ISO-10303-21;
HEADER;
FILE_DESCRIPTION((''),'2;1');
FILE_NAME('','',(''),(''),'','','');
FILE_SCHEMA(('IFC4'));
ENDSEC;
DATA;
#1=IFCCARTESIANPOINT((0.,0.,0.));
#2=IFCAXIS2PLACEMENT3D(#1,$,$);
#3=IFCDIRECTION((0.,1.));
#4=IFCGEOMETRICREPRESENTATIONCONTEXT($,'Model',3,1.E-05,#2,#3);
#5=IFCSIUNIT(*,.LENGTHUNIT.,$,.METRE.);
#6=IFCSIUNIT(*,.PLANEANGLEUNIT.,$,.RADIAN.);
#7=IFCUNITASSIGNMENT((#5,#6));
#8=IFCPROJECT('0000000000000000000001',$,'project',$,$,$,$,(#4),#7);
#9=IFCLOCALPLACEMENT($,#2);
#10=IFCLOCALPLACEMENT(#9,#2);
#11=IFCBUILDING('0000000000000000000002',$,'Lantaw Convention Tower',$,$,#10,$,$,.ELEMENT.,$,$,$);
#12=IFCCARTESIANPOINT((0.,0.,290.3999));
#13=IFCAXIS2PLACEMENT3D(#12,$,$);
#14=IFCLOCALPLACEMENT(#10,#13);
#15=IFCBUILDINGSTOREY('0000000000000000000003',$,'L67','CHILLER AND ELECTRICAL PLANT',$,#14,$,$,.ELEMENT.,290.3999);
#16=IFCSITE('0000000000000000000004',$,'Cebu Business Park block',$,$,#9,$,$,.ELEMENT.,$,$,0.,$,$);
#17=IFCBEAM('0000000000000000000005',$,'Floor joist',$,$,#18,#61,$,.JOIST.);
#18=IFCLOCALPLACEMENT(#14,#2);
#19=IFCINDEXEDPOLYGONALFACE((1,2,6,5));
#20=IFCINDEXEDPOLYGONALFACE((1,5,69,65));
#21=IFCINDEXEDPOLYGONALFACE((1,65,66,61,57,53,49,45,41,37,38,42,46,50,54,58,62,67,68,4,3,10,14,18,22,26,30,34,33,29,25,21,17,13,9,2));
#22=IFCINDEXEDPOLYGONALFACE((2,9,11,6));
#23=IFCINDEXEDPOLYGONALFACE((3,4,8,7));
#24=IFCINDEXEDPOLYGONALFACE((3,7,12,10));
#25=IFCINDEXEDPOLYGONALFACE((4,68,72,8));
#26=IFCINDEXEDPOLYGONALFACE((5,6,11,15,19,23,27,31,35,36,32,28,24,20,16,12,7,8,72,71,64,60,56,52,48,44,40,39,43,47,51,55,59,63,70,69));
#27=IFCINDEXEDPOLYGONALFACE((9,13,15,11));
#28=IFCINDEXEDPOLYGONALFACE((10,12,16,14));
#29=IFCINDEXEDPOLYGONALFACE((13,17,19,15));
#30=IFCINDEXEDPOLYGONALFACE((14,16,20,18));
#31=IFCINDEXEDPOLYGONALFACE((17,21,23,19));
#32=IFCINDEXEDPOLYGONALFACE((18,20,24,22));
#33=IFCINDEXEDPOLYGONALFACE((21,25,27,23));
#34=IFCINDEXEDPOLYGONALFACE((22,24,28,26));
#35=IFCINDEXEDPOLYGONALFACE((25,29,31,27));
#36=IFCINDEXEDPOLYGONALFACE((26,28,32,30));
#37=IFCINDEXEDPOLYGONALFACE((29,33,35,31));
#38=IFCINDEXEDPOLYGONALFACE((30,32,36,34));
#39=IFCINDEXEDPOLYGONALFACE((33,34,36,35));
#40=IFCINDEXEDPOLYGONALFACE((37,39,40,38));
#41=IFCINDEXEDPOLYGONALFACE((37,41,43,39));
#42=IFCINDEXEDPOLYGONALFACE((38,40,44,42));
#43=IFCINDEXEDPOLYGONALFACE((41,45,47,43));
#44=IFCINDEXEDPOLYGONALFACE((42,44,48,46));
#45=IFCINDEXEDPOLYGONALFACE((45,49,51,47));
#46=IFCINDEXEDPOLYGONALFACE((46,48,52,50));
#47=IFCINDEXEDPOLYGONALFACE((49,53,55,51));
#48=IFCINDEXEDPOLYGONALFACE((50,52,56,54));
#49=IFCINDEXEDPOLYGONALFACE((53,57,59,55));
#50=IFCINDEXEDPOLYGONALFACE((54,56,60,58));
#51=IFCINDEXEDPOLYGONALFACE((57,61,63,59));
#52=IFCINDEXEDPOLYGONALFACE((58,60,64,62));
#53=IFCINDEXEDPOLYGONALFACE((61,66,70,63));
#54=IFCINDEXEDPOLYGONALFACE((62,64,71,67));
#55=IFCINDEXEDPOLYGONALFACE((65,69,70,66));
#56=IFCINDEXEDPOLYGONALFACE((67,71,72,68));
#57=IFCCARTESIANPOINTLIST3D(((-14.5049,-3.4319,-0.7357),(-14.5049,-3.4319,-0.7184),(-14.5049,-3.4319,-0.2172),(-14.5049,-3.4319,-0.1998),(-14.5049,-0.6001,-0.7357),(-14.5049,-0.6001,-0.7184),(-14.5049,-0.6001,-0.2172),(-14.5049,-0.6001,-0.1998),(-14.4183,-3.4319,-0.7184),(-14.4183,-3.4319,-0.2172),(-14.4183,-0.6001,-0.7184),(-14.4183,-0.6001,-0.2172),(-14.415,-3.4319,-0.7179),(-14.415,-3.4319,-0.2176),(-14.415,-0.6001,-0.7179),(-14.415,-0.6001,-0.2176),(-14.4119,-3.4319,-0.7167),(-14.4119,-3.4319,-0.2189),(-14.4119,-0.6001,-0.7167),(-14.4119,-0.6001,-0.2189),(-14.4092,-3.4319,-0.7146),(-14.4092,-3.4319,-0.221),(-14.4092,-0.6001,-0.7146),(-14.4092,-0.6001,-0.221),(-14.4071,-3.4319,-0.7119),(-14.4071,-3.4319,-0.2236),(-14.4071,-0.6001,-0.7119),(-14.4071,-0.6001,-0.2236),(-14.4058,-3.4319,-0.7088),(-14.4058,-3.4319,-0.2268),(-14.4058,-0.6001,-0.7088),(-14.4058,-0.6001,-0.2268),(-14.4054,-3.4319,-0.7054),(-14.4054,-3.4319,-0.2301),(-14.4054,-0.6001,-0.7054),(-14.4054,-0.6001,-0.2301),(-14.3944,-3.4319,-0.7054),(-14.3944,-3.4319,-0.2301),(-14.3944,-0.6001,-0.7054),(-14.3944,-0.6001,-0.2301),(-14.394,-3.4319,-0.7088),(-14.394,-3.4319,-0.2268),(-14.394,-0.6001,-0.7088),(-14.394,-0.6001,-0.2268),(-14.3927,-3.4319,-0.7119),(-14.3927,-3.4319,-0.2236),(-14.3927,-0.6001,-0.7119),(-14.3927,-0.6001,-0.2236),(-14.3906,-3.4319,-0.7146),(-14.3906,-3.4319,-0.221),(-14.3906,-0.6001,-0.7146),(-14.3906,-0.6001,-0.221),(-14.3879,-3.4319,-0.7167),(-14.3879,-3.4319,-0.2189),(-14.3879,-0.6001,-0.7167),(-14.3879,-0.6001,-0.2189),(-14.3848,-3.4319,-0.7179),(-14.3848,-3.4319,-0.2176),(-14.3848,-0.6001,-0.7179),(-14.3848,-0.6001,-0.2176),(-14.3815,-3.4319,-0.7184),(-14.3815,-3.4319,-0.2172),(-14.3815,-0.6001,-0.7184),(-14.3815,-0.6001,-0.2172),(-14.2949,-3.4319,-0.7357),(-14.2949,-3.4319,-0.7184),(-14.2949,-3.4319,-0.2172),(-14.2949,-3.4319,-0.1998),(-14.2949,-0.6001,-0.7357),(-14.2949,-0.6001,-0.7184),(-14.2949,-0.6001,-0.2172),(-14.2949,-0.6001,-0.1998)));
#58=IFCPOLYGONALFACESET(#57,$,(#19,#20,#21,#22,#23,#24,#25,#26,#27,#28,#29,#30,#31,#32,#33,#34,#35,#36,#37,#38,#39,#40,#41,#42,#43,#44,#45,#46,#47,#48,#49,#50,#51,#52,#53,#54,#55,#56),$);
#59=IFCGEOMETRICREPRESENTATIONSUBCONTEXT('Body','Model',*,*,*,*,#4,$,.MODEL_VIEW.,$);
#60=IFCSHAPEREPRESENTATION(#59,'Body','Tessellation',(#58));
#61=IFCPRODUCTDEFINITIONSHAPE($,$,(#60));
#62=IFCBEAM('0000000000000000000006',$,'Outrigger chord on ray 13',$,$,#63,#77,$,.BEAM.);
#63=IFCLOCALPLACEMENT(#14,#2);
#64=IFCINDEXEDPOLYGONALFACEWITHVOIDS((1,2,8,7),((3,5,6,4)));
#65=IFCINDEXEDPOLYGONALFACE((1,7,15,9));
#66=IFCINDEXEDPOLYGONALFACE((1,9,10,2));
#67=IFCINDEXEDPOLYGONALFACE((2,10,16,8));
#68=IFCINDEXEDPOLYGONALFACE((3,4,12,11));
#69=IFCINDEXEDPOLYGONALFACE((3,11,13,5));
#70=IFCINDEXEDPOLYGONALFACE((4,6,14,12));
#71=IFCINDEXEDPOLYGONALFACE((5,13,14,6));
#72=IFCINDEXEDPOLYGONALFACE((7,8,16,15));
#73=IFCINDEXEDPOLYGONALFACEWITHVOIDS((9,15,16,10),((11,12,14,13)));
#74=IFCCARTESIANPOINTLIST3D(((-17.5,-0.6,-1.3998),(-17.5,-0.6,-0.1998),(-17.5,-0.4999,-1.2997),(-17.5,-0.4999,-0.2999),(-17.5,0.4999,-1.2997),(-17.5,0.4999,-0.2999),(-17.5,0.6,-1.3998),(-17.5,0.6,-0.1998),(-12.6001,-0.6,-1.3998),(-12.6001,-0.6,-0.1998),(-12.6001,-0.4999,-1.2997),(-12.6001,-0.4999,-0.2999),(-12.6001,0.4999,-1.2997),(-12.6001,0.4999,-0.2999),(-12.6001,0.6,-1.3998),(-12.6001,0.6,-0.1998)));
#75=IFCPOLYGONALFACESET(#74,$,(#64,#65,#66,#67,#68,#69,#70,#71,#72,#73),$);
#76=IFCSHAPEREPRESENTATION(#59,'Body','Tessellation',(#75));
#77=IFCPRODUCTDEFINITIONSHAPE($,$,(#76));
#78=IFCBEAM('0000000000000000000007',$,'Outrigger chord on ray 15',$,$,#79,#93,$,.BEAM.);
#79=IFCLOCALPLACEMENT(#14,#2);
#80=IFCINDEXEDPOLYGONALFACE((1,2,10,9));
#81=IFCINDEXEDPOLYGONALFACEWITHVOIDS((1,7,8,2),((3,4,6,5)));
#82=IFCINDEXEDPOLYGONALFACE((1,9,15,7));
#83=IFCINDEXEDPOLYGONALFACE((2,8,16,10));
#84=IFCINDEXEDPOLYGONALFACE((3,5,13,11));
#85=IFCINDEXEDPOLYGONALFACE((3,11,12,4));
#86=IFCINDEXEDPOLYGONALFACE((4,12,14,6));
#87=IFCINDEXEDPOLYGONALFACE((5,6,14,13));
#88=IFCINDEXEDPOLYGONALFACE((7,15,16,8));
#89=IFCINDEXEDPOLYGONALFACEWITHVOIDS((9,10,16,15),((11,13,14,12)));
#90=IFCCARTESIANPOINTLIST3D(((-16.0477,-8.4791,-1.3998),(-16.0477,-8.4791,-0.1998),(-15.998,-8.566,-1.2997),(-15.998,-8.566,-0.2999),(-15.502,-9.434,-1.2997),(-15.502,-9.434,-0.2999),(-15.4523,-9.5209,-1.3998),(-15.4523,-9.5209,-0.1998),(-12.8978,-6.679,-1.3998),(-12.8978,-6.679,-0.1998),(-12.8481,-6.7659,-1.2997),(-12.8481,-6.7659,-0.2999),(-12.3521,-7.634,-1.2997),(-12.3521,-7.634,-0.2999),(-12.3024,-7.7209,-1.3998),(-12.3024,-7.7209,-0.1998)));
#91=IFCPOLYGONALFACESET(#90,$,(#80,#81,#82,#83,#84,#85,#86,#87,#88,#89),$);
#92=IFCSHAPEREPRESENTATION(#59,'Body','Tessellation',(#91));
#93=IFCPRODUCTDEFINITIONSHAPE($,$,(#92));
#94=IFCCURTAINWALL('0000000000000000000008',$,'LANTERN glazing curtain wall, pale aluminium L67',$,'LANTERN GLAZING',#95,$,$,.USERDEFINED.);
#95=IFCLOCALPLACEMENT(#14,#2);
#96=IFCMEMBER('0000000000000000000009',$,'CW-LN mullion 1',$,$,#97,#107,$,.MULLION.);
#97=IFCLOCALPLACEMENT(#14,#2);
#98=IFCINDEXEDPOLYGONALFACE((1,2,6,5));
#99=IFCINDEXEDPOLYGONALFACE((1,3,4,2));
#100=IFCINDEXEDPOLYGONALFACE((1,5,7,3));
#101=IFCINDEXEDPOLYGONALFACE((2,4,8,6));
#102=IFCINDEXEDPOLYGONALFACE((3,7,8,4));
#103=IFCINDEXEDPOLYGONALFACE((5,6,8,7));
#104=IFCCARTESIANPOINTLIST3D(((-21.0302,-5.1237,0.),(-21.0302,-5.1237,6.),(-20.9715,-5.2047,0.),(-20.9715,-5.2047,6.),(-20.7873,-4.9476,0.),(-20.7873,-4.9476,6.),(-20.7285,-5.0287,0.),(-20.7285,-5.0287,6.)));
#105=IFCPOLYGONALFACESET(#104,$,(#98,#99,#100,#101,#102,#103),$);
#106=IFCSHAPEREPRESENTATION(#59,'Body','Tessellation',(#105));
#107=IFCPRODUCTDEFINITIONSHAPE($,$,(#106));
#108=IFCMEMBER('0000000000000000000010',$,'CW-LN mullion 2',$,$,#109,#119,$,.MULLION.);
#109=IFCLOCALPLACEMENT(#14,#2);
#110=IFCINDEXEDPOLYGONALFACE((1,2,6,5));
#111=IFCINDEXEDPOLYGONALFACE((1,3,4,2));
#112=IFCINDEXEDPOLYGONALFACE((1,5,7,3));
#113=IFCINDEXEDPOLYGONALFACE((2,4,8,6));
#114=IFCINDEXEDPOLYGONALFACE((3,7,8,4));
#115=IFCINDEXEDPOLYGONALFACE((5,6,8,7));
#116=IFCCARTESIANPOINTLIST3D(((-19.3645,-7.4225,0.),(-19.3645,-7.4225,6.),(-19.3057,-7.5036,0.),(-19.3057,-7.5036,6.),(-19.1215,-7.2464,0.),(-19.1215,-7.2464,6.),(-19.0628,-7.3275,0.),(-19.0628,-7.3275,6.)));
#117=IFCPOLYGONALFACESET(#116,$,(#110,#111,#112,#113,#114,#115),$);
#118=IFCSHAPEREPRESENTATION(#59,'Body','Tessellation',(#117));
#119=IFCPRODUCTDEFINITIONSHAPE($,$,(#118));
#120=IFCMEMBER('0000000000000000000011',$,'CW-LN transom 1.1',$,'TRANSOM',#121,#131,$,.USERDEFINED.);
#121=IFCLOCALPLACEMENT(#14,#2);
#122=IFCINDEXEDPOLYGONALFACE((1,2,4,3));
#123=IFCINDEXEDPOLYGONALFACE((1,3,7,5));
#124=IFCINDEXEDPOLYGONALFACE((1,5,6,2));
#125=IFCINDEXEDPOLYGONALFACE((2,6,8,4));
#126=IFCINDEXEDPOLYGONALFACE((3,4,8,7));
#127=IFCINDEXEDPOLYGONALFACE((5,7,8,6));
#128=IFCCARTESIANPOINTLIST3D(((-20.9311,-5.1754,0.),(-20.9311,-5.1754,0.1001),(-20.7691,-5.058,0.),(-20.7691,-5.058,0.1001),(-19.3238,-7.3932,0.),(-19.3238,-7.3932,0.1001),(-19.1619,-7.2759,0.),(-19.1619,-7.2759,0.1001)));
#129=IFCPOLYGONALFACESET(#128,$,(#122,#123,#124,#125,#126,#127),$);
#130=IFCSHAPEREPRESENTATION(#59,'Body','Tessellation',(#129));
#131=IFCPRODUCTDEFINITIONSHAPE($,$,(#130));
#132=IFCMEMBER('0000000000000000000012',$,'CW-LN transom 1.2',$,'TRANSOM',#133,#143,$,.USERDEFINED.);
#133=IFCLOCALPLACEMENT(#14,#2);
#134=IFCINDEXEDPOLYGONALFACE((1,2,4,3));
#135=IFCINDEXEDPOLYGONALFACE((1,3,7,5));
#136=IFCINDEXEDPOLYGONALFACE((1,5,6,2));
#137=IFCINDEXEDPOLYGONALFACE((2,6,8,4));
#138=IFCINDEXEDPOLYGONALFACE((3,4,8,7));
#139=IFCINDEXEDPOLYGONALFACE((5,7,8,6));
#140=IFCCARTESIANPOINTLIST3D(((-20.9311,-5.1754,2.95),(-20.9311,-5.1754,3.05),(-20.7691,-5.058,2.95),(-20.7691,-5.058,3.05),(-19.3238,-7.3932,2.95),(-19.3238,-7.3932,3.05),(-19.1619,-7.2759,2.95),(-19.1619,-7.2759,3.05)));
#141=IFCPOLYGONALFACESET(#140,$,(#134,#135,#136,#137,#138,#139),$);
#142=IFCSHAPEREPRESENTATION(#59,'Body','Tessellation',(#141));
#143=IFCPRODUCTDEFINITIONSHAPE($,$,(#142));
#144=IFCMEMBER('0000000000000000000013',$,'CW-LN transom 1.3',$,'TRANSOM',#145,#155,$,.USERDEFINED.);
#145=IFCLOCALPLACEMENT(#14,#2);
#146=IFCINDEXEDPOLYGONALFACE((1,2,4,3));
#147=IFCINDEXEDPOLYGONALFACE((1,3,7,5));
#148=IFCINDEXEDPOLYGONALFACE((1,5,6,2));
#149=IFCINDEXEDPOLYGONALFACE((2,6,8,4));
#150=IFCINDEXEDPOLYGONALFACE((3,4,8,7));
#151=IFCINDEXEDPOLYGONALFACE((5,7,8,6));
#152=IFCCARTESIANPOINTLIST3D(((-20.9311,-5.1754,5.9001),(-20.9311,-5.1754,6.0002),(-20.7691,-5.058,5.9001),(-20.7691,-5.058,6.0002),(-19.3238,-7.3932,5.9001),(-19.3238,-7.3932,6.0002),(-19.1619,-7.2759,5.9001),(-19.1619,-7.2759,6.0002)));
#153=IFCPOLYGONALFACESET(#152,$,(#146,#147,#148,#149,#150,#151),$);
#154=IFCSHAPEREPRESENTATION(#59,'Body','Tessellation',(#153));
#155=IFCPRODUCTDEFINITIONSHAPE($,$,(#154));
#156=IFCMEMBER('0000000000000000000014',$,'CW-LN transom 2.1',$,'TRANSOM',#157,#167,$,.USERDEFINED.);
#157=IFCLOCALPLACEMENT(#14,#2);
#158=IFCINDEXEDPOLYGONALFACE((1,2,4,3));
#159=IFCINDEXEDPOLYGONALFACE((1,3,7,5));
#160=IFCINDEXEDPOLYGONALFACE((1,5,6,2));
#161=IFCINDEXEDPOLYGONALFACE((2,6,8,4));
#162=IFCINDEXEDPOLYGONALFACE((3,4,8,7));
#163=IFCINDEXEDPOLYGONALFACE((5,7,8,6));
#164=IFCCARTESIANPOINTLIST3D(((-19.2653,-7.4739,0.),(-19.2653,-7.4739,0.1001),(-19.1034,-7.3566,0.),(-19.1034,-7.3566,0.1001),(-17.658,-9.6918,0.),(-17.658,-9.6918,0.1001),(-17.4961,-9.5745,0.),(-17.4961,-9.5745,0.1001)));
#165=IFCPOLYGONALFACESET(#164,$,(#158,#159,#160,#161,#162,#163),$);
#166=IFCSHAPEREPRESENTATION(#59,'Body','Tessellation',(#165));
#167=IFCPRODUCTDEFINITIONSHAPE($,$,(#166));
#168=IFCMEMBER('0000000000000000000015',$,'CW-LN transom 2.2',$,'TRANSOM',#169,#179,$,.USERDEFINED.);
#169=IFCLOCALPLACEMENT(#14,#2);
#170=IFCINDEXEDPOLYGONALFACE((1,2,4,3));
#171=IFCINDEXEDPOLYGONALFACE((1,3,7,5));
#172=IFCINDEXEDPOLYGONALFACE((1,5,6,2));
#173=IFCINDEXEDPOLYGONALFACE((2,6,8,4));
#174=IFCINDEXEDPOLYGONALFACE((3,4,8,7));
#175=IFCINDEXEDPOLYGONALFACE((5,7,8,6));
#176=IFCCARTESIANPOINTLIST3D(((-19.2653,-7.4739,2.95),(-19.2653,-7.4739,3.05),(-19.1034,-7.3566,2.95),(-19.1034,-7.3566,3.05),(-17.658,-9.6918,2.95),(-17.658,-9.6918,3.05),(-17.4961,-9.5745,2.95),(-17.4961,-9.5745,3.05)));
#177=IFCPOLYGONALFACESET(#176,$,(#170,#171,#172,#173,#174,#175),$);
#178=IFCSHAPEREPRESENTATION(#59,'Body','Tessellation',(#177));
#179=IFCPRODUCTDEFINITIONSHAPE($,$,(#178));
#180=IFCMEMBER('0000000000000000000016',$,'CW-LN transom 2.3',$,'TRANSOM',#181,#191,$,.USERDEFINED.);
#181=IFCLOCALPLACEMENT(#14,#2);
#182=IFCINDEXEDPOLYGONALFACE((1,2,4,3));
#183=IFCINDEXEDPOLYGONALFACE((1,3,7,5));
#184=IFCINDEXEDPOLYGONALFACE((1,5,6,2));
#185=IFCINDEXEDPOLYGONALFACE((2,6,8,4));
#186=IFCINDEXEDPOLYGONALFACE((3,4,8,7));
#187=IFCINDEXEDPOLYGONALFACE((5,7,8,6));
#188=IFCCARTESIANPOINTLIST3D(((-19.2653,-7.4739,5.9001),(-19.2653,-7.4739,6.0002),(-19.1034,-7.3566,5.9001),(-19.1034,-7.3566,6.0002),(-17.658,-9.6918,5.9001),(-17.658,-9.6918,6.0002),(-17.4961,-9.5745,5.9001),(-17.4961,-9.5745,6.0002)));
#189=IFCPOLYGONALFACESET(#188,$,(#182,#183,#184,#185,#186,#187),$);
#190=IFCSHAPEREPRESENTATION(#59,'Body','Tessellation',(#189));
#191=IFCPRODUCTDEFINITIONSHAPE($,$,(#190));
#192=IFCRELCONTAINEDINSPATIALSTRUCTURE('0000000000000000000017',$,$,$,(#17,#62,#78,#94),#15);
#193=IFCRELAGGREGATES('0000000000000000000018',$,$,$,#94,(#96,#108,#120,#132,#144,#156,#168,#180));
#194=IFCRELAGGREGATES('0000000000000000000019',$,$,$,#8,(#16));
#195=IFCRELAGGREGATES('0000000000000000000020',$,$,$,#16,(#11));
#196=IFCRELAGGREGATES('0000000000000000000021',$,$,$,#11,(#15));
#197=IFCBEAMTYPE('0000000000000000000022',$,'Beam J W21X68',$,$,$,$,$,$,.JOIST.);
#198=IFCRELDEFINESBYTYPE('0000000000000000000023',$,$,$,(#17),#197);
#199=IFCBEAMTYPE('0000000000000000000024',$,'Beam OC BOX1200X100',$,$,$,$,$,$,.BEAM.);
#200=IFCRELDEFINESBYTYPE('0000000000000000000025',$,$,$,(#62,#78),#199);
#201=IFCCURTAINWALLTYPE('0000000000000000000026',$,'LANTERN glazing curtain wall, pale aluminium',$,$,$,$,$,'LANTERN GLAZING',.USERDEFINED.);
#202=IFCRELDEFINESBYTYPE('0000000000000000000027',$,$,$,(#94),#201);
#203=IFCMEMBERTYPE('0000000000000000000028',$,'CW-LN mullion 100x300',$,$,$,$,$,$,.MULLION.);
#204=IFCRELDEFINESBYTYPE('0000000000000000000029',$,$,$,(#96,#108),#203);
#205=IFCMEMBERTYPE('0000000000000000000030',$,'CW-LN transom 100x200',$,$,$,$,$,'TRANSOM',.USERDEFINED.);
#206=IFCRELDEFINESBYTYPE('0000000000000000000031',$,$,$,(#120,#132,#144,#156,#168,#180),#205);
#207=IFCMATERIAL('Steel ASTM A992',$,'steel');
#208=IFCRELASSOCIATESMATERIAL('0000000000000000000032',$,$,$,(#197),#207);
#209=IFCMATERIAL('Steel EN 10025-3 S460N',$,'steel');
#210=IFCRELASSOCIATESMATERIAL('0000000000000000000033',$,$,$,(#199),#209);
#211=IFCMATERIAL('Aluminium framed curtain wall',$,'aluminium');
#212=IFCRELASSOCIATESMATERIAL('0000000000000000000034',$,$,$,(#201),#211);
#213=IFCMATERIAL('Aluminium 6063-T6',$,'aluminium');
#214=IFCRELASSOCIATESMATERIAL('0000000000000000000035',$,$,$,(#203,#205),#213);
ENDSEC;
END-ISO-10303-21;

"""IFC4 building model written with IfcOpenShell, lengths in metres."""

from ifc_helpers import new_model, si_unit, direction, frame, origin, origin_2d, place, context, subcontext, project, spatial, rectangle, hollow_rectangle, i_section, extrude, material, material_profile, profile_set, type_object, element, aggregate, save


model = new_model("IFC4")

# Units and contexts
model_context = context("Model", 3, precision=1e-05, world=origin(), true_north=direction((0.0, 1.0)))
body_context = subcontext(model_context, "Body", "Model", "MODEL_VIEW")
ifc_project = project(units=[si_unit("LENGTHUNIT", "METRE"), si_unit("PLANEANGLEUNIT", "RADIAN")], contexts=[model_context])

# Site, building, storey
site_placement = place(None, origin())
site = spatial("IfcSite", under=ifc_project, at=site_placement, Name="Cebu Business Park block", CompositionType="ELEMENT", RefElevation=0.0)
building_placement = place(site_placement, origin())
building = spatial("IfcBuilding", under=site, at=building_placement, Name="Lantaw Convention Tower", CompositionType="ELEMENT")
storey_placement = place(building_placement, frame((0.0, 0.0, 290.3999)))
storey = spatial("IfcBuildingStorey", under=building, at=storey_placement, Name="L67", Description="CHILLER AND ELECTRICAL PLANT", CompositionType="ELEMENT", Elevation=290.3999)

# Beams
ifc_material_1 = material(Name="Steel EN 10025-3 S460N", Category="steel")
ifc_material_2 = material(Name="Steel ASTM A992", Category="steel")
ifc_material_profile_1 = material_profile(ifc_material_2, i_section(OverallWidth=0.21, OverallDepth=0.5359, WebThickness=0.011, FlangeThickness=0.0173, FilletRadius=0.0129, at=origin_2d()), Name="W21X68")
ifc_profile_set_1 = profile_set([ifc_material_profile_1], Name="Steel ASTM A992")
beam_type_1 = type_object("IfcBeamType", Name="Beam J W21X68", PredefinedType="JOIST", material=ifc_profile_set_1)
beam_1_placement = place(storey_placement, frame((-14.3999, -3.4319, -0.4678), z_axis=(0.0, 1.0, 0.0), x_axis=(-1.0, 0.0, 0.0)))
element("IfcBeam", 1, at=beam_1_placement, inside=storey, type_object=beam_type_1, Name="Floor joist", PredefinedType="JOIST", context=body_context, shape_type="SweptSolid", body=[
    extrude(i_section(OverallWidth=0.21, OverallDepth=0.5359, WebThickness=0.011, FlangeThickness=0.0173, FilletRadius=0.0129, at=origin_2d()), origin(), (0.0, 0.0, 1.0), 2.8318),
])
ifc_material_profile_2 = material_profile(ifc_material_1, hollow_rectangle(XDim=1.2, YDim=1.2, WallThickness=0.1001, at=origin_2d()), Name="BOX1200X100")
ifc_profile_set_2 = profile_set([ifc_material_profile_2], Name="Steel EN 10025-3 S460N")
beam_type_2 = type_object("IfcBeamType", Name="Beam OC BOX1200X100", PredefinedType="BEAM", material=ifc_profile_set_2)
beam_2_placement = place(storey_placement, frame((-12.6001, 0.0, -0.7998), z_axis=(-1.0, 0.0, 0.0), x_axis=(0.0, -1.0, 0.0)))
element("IfcBeam", 2, at=beam_2_placement, inside=storey, type_object=beam_type_2, Name="Outrigger chord on ray 13", PredefinedType="BEAM", context=body_context, shape_type="SweptSolid", body=[
    extrude(hollow_rectangle(XDim=1.2, YDim=1.2, WallThickness=0.1001, at=origin_2d()), origin(), (0.0, 0.0, 1.0), 4.8999),
])
beam_3_placement = place(storey_placement, frame((-12.6001, -7.2, -0.7998), z_axis=(-0.868231, -0.496161, 0.0), x_axis=(0.496161, -0.868231, 0.0)))
element("IfcBeam", 3, at=beam_3_placement, inside=storey, type_object=beam_type_2, Name="Outrigger chord on ray 15", PredefinedType="BEAM", context=body_context, shape_type="SweptSolid", body=[
    extrude(hollow_rectangle(XDim=1.2, YDim=1.2, WallThickness=0.1001, at=origin_2d()), origin(), (0.0, 0.0, 1.0), 3.6279),
])

# Curtain wall, members
ifc_material_3 = material(Name="Aluminium framed curtain wall", Category="aluminium")
curtain_wall_type_1 = type_object("IfcCurtainWallType", Name="LANTERN glazing curtain wall, pale aluminium", ElementType="LANTERN GLAZING", PredefinedType="USERDEFINED", material=ifc_material_3)
curtain_wall_1_placement = place(storey_placement, origin())
curtain_wall_1 = element("IfcCurtainWall", 4, at=curtain_wall_1_placement, inside=storey, type_object=curtain_wall_type_1, Name="LANTERN glazing curtain wall, pale aluminium L67", ObjectType="LANTERN GLAZING", PredefinedType="USERDEFINED")
ifc_material_4 = material(Name="Aluminium 6063-T6", Category="aluminium")
ifc_material_profile_3 = material_profile(ifc_material_4, rectangle(XDim=0.3, YDim=0.1001, at=origin_2d()), Name="CW-LN mullion 100x300")
ifc_profile_set_3 = profile_set([ifc_material_profile_3], Name="Aluminium 6063-T6")
member_type_1 = type_object("IfcMemberType", Name="CW-LN mullion 100x300", PredefinedType="MULLION", material=ifc_profile_set_3)
member_1_placement = place(storey_placement, frame((-20.8794, -5.0762, 0.0), z_axis=(0.0, 0.0, 1.0), x_axis=(0.809742, 0.586786, 0.0)))
member_1 = element("IfcMember", 5, at=member_1_placement, type_object=member_type_1, Name="CW-LN mullion 1", PredefinedType="MULLION", context=body_context, shape_type="SweptSolid", body=[
    extrude(rectangle(XDim=0.3, YDim=0.1001, at=origin_2d()), origin(), (0.0, 0.0, 1.0), 6.0),
])
member_2_placement = place(storey_placement, frame((-19.2136, -7.375, 0.0), z_axis=(0.0, 0.0, 1.0), x_axis=(0.809742, 0.586786, 0.0)))
member_2 = element("IfcMember", 6, at=member_2_placement, type_object=member_type_1, Name="CW-LN mullion 2", PredefinedType="MULLION", context=body_context, shape_type="SweptSolid", body=[
    extrude(rectangle(XDim=0.3, YDim=0.1001, at=origin_2d()), origin(), (0.0, 0.0, 1.0), 6.0),
])
ifc_material_profile_4 = material_profile(ifc_material_4, rectangle(XDim=0.2, YDim=0.1001, at=origin_2d()), Name="CW-LN transom 100x200")
ifc_profile_set_4 = profile_set([ifc_material_profile_4], Name="Aluminium 6063-T6")
member_type_2 = type_object("IfcMemberType", Name="CW-LN transom 100x200", ElementType="TRANSOM", PredefinedType="USERDEFINED", material=ifc_profile_set_4)
member_3_placement = place(storey_placement, frame((-20.8501, -5.1167, 0.05), z_axis=(0.586798, -0.809733, 0.0), x_axis=(0.809733, 0.586798, 0.0)))
member_3 = element("IfcMember", 7, at=member_3_placement, type_object=member_type_2, Name="CW-LN transom 1.1", ObjectType="TRANSOM", PredefinedType="USERDEFINED", context=body_context, shape_type="SweptSolid", body=[
    extrude(rectangle(XDim=0.2, YDim=0.1001, at=origin_2d()), origin(), (0.0, 0.0, 1.0), 2.739),
])
member_4_placement = place(storey_placement, frame((-20.8501, -5.1167, 3.0), z_axis=(0.586798, -0.809733, 0.0), x_axis=(0.809733, 0.586798, 0.0)))
member_4 = element("IfcMember", 8, at=member_4_placement, type_object=member_type_2, Name="CW-LN transom 1.2", ObjectType="TRANSOM", PredefinedType="USERDEFINED", context=body_context, shape_type="SweptSolid", body=[
    extrude(rectangle(XDim=0.2, YDim=0.1001, at=origin_2d()), origin(), (0.0, 0.0, 1.0), 2.739),
])
member_5_placement = place(storey_placement, frame((-20.8501, -5.1167, 5.9502), z_axis=(0.586798, -0.809733, 0.0), x_axis=(0.809733, 0.586798, 0.0)))
member_5 = element("IfcMember", 9, at=member_5_placement, type_object=member_type_2, Name="CW-LN transom 1.3", ObjectType="TRANSOM", PredefinedType="USERDEFINED", context=body_context, shape_type="SweptSolid", body=[
    extrude(rectangle(XDim=0.2, YDim=0.1001, at=origin_2d()), origin(), (0.0, 0.0, 1.0), 2.739),
])
member_6_placement = place(storey_placement, frame((-19.1843, -7.4153, 0.05), z_axis=(0.586798, -0.809733, 0.0), x_axis=(0.809733, 0.586798, 0.0)))
member_6 = element("IfcMember", 10, at=member_6_placement, type_object=member_type_2, Name="CW-LN transom 2.1", ObjectType="TRANSOM", PredefinedType="USERDEFINED", context=body_context, shape_type="SweptSolid", body=[
    extrude(rectangle(XDim=0.2, YDim=0.1001, at=origin_2d()), origin(), (0.0, 0.0, 1.0), 2.739),
])
member_7_placement = place(storey_placement, frame((-19.1843, -7.4153, 3.0), z_axis=(0.586798, -0.809733, 0.0), x_axis=(0.809733, 0.586798, 0.0)))
member_7 = element("IfcMember", 11, at=member_7_placement, type_object=member_type_2, Name="CW-LN transom 2.2", ObjectType="TRANSOM", PredefinedType="USERDEFINED", context=body_context, shape_type="SweptSolid", body=[
    extrude(rectangle(XDim=0.2, YDim=0.1001, at=origin_2d()), origin(), (0.0, 0.0, 1.0), 2.739),
])
member_8_placement = place(storey_placement, frame((-19.1843, -7.4153, 5.9502), z_axis=(0.586798, -0.809733, 0.0), x_axis=(0.809733, 0.586798, 0.0)))
member_8 = element("IfcMember", 12, at=member_8_placement, type_object=member_type_2, Name="CW-LN transom 2.3", ObjectType="TRANSOM", PredefinedType="USERDEFINED", context=body_context, shape_type="SweptSolid", body=[
    extrude(rectangle(XDim=0.2, YDim=0.1001, at=origin_2d()), origin(), (0.0, 0.0, 1.0), 2.739),
])

aggregate(curtain_wall_1, [member_1, member_2, member_3, member_4, member_5, member_6, member_7, member_8])

save(model, "model.ifc")
